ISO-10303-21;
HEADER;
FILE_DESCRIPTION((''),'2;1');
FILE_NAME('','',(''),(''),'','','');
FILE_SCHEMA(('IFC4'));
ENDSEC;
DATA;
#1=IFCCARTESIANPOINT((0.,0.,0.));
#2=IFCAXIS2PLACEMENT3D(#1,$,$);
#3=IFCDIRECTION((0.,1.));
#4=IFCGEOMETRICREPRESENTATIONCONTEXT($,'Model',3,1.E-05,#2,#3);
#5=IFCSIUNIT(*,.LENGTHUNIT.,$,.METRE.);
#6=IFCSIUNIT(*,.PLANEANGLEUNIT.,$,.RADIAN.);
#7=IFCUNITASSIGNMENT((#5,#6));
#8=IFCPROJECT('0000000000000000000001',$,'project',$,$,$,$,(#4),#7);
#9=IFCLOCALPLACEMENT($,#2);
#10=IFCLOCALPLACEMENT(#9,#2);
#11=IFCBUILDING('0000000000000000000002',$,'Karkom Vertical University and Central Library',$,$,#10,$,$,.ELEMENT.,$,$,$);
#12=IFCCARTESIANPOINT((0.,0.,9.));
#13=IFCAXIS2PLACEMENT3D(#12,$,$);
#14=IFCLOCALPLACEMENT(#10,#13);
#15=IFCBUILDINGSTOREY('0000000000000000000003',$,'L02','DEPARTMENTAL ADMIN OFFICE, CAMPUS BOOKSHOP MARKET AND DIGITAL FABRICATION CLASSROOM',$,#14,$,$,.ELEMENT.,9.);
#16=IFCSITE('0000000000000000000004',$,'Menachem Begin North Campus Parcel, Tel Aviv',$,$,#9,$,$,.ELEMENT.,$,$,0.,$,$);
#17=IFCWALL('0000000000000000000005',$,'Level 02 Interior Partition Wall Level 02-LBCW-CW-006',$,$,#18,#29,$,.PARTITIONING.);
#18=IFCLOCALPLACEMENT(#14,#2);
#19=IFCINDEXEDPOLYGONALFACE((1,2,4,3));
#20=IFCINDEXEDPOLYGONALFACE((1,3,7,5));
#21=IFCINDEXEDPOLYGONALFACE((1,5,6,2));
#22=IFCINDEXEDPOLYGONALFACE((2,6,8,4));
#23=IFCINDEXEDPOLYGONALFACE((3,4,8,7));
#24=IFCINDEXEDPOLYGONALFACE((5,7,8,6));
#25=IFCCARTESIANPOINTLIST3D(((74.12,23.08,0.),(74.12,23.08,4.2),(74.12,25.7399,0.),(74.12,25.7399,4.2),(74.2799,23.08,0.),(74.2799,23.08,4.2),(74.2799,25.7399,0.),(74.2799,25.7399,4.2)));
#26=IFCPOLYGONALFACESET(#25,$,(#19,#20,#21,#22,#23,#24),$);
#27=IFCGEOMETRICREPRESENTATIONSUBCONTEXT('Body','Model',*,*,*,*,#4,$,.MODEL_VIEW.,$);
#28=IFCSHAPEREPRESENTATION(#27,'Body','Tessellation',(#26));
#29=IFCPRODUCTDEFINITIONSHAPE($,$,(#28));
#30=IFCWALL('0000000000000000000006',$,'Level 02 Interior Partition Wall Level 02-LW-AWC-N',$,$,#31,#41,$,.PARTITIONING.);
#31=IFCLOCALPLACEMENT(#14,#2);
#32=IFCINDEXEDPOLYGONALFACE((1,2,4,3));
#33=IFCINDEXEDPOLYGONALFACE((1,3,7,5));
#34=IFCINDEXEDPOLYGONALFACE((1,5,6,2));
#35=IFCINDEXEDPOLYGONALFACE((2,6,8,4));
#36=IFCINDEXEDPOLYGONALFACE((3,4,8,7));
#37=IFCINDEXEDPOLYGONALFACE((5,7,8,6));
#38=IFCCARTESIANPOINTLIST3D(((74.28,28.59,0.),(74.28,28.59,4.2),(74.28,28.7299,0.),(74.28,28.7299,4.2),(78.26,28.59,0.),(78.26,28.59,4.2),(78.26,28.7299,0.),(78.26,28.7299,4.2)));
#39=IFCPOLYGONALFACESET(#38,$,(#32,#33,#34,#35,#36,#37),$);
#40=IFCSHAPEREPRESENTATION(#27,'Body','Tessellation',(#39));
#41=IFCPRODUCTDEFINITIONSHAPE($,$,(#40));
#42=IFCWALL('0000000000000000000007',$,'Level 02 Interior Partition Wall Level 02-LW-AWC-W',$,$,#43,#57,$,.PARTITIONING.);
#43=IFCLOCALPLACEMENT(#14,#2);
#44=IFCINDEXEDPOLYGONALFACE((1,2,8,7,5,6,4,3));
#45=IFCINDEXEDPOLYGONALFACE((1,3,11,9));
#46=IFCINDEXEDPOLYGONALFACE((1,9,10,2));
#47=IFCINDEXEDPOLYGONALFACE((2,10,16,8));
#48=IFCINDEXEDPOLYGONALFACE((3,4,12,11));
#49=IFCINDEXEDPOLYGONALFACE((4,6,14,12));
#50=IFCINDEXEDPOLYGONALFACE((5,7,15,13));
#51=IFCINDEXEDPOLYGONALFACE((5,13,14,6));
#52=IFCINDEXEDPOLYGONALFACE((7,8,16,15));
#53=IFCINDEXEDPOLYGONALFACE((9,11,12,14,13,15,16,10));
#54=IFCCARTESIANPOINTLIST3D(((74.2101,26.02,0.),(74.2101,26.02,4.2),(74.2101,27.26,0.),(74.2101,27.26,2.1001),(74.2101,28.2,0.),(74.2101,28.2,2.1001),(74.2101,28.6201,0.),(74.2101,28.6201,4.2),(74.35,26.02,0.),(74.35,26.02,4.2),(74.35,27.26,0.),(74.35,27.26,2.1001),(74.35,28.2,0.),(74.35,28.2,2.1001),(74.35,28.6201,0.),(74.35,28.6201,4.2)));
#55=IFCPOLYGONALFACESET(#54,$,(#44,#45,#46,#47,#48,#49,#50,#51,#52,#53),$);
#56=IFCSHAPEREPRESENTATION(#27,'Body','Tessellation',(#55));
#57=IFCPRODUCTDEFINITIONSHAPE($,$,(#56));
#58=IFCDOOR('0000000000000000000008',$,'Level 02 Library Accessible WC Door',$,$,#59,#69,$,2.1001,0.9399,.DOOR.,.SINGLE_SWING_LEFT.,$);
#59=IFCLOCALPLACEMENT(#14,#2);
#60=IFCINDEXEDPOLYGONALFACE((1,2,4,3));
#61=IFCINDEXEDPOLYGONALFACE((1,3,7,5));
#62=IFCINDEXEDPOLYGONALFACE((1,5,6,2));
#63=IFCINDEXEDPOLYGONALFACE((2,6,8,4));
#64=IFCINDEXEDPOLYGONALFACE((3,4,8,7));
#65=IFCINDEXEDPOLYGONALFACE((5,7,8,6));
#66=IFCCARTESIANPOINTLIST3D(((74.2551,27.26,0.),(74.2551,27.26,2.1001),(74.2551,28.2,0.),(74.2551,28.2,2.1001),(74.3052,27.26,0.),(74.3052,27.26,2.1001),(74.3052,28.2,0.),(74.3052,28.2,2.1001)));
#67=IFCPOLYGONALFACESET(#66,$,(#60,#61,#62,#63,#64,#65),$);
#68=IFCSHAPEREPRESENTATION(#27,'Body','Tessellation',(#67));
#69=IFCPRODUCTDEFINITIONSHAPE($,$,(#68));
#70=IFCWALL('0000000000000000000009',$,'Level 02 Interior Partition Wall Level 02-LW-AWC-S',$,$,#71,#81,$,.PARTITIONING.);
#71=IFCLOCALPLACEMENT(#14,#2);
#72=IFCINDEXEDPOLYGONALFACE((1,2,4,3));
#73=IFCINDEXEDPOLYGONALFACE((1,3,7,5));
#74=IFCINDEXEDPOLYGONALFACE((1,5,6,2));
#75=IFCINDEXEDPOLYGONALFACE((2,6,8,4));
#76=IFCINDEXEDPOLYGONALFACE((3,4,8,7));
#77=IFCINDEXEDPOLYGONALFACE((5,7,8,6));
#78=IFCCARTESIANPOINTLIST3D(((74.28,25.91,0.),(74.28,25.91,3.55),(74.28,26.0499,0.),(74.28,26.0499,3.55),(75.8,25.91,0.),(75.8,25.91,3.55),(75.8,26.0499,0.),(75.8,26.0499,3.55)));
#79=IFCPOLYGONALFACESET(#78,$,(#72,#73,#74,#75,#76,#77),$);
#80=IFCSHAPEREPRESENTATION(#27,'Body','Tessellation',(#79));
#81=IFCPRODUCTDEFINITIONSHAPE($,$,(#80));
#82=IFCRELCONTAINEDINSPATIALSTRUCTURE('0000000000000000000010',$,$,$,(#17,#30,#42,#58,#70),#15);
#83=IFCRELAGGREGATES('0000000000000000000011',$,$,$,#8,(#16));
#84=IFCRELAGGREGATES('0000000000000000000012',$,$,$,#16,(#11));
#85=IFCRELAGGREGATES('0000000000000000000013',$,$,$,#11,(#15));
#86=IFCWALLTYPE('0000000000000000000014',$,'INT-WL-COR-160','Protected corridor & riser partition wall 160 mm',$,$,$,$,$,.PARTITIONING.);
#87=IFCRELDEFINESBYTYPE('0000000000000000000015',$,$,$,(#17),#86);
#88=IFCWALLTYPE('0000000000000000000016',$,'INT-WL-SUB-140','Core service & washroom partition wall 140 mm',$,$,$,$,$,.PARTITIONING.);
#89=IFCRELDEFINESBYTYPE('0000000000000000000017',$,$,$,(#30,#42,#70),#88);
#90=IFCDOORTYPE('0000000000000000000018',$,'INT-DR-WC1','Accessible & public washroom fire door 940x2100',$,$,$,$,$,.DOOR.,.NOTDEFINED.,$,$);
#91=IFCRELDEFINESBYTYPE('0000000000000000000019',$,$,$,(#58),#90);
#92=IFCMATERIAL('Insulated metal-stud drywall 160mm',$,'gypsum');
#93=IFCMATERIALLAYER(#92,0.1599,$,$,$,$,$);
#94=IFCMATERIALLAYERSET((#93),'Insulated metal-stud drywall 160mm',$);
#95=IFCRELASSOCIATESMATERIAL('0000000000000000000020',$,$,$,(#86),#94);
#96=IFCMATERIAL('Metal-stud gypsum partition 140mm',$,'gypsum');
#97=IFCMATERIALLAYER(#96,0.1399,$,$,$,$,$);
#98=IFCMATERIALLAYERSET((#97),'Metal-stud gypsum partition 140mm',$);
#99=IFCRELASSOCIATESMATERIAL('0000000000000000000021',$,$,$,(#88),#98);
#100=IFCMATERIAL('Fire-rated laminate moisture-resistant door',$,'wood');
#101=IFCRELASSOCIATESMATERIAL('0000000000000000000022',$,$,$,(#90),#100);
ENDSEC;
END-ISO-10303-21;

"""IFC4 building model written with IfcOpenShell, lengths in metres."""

from ifc_helpers import new_model, si_unit, direction, frame, frame_2d, origin, origin_with_axes, place, context, subcontext, project, spatial, rectangle, extrude, source, transform, mapped, material, layer, layer_set, type_object, element, fill, save


model = new_model("IFC4")

# Units and contexts
model_context = context("Model", 3, precision=1e-05, world=origin(), true_north=direction((0.0, 1.0)))
body_context = subcontext(model_context, "Body", "Model", "MODEL_VIEW")
ifc_project = project(units=[si_unit("LENGTHUNIT", "METRE"), si_unit("PLANEANGLEUNIT", "RADIAN")], contexts=[model_context])

# Site, building, storey
site_placement = place(None, origin())
site = spatial("IfcSite", under=ifc_project, at=site_placement, Name="Menachem Begin North Campus Parcel, Tel Aviv", CompositionType="ELEMENT", RefElevation=0.0)
building_placement = place(site_placement, origin())
building = spatial("IfcBuilding", under=site, at=building_placement, Name="Karkom Vertical University and Central Library", CompositionType="ELEMENT")
storey_placement = place(building_placement, frame((0.0, 0.0, 9.0)))
storey = spatial("IfcBuildingStorey", under=building, at=storey_placement, Name="L02", Description="DEPARTMENTAL ADMIN OFFICE, CAMPUS BOOKSHOP MARKET AND DIGITAL FABRICATION CLASSROOM", CompositionType="ELEMENT", Elevation=9.0)

# Walls
ifc_material_1 = material(Name="Insulated metal-stud drywall 160mm", Category="gypsum")
ifc_layer_1 = layer(ifc_material_1, 0.1599)
ifc_layer_set_1 = layer_set([ifc_layer_1], Name="Insulated metal-stud drywall 160mm")
wall_type_1 = type_object("IfcWallType", Name="INT-WL-COR-160", Description="Protected corridor & riser partition wall 160 mm", PredefinedType="PARTITIONING", material=ifc_layer_set_1)
wall_1_placement = place(storey_placement, frame((74.2, 25.74, 0.0), z_axis=(0.0, 0.0, 1.0), x_axis=(0.0, -1.0, 0.0)))
element("IfcWall", 1, at=wall_1_placement, inside=storey, type_object=wall_type_1, Name="Level 02 Interior Partition Wall Level 02-LBCW-CW-006", PredefinedType="PARTITIONING", context=body_context, shape_type="SweptSolid", body=[
    extrude(rectangle(XDim=2.6599, YDim=0.1599, at=frame_2d((1.3301, 0.0))), origin(), (0.0, 0.0, 1.0), 4.2),
])
ifc_material_2 = material(Name="Metal-stud gypsum partition 140mm", Category="gypsum")
ifc_layer_2 = layer(ifc_material_2, 0.1399)
ifc_layer_set_2 = layer_set([ifc_layer_2], Name="Metal-stud gypsum partition 140mm")
wall_type_2 = type_object("IfcWallType", Name="INT-WL-SUB-140", Description="Core service & washroom partition wall 140 mm", PredefinedType="PARTITIONING", material=ifc_layer_set_2)
wall_2_placement = place(storey_placement, frame((74.28, 28.6599, 0.0), z_axis=(0.0, 0.0, 1.0), x_axis=(1.0, 0.0, 0.0)))
element("IfcWall", 2, at=wall_2_placement, inside=storey, type_object=wall_type_2, Name="Level 02 Interior Partition Wall Level 02-LW-AWC-N", PredefinedType="PARTITIONING", context=body_context, shape_type="SweptSolid", body=[
    extrude(rectangle(XDim=3.98, YDim=0.1399, at=frame_2d((1.99, 0.0))), origin(), (0.0, 0.0, 1.0), 4.2),
])

# Wall, opening, door
wall_3_placement = place(storey_placement, frame((74.28, 26.02, 0.0), z_axis=(0.0, 0.0, 1.0), x_axis=(0.0, 1.0, 0.0)))
wall_3 = element("IfcWall", 3, at=wall_3_placement, inside=storey, type_object=wall_type_2, Name="Level 02 Interior Partition Wall Level 02-LW-AWC-W", PredefinedType="PARTITIONING", context=body_context, shape_type="SweptSolid", body=[
    extrude(rectangle(XDim=2.6001, YDim=0.1399, at=frame_2d((1.3, 0.0))), origin(), (0.0, 0.0, 1.0), 4.2),
])
opening_placement = place(wall_3_placement, frame((1.24, 0.0, 0.0)))
opening = element("IfcOpeningElement", 4, at=opening_placement, cuts=wall_3, PredefinedType="OPENING", context=body_context, shape_type="SweptSolid", body=[
    extrude(rectangle(XDim=0.9399, YDim=2.1001, at=frame_2d((0.47, 1.05))), frame((0.0, 0.0801, 0.0), z_axis=(0.0, -1.0, 0.0), x_axis=(1.0, 0.0, 0.0)), (0.0, 0.0, 1.0), 0.1599),
])
ifc_material_3 = material(Name="Fire-rated laminate moisture-resistant door", Category="wood")
door_type = type_object("IfcDoorType", Name="INT-DR-WC1", Description="Accessible & public washroom fire door 940x2100", OperationType="NOTDEFINED", PredefinedType="DOOR", material=ifc_material_3)
shared_shape_1 = source(origin_with_axes(), body_context, "Body", "SweptSolid", [
    extrude(rectangle(XDim=0.9399, YDim=2.1001, at=frame_2d((0.47, 1.05))), frame((0.0, 0.0249, 0.0), z_axis=(0.0, -1.0, 0.0), x_axis=(1.0, 0.0, 0.0)), (0.0, 0.0, 1.0), 0.05),
])
door_placement = place(opening_placement, origin())
door = element("IfcDoor", 5, at=door_placement, inside=storey, type_object=door_type, Name="Level 02 Library Accessible WC Door", OperationType="SINGLE_SWING_LEFT", OverallHeight=2.1001, OverallWidth=0.9399, PredefinedType="DOOR", context=body_context, shape_type="MappedRepresentation", body=[
    mapped(shared_shape_1, transform((0.0, 0.0, 0.0), scale=1.0)),
])
fill(opening, door)

# Wall
wall_4_placement = place(storey_placement, frame((74.28, 25.98, 0.0), z_axis=(0.0, 0.0, 1.0), x_axis=(1.0, 0.0, 0.0)))
element("IfcWall", 6, at=wall_4_placement, inside=storey, type_object=wall_type_2, Name="Level 02 Interior Partition Wall Level 02-LW-AWC-S", PredefinedType="PARTITIONING", context=body_context, shape_type="SweptSolid", body=[
    extrude(rectangle(XDim=1.52, YDim=0.1399, at=frame_2d((0.76, 0.0))), origin(), (0.0, 0.0, 1.0), 3.55),
])

save(model, "model.ifc")
